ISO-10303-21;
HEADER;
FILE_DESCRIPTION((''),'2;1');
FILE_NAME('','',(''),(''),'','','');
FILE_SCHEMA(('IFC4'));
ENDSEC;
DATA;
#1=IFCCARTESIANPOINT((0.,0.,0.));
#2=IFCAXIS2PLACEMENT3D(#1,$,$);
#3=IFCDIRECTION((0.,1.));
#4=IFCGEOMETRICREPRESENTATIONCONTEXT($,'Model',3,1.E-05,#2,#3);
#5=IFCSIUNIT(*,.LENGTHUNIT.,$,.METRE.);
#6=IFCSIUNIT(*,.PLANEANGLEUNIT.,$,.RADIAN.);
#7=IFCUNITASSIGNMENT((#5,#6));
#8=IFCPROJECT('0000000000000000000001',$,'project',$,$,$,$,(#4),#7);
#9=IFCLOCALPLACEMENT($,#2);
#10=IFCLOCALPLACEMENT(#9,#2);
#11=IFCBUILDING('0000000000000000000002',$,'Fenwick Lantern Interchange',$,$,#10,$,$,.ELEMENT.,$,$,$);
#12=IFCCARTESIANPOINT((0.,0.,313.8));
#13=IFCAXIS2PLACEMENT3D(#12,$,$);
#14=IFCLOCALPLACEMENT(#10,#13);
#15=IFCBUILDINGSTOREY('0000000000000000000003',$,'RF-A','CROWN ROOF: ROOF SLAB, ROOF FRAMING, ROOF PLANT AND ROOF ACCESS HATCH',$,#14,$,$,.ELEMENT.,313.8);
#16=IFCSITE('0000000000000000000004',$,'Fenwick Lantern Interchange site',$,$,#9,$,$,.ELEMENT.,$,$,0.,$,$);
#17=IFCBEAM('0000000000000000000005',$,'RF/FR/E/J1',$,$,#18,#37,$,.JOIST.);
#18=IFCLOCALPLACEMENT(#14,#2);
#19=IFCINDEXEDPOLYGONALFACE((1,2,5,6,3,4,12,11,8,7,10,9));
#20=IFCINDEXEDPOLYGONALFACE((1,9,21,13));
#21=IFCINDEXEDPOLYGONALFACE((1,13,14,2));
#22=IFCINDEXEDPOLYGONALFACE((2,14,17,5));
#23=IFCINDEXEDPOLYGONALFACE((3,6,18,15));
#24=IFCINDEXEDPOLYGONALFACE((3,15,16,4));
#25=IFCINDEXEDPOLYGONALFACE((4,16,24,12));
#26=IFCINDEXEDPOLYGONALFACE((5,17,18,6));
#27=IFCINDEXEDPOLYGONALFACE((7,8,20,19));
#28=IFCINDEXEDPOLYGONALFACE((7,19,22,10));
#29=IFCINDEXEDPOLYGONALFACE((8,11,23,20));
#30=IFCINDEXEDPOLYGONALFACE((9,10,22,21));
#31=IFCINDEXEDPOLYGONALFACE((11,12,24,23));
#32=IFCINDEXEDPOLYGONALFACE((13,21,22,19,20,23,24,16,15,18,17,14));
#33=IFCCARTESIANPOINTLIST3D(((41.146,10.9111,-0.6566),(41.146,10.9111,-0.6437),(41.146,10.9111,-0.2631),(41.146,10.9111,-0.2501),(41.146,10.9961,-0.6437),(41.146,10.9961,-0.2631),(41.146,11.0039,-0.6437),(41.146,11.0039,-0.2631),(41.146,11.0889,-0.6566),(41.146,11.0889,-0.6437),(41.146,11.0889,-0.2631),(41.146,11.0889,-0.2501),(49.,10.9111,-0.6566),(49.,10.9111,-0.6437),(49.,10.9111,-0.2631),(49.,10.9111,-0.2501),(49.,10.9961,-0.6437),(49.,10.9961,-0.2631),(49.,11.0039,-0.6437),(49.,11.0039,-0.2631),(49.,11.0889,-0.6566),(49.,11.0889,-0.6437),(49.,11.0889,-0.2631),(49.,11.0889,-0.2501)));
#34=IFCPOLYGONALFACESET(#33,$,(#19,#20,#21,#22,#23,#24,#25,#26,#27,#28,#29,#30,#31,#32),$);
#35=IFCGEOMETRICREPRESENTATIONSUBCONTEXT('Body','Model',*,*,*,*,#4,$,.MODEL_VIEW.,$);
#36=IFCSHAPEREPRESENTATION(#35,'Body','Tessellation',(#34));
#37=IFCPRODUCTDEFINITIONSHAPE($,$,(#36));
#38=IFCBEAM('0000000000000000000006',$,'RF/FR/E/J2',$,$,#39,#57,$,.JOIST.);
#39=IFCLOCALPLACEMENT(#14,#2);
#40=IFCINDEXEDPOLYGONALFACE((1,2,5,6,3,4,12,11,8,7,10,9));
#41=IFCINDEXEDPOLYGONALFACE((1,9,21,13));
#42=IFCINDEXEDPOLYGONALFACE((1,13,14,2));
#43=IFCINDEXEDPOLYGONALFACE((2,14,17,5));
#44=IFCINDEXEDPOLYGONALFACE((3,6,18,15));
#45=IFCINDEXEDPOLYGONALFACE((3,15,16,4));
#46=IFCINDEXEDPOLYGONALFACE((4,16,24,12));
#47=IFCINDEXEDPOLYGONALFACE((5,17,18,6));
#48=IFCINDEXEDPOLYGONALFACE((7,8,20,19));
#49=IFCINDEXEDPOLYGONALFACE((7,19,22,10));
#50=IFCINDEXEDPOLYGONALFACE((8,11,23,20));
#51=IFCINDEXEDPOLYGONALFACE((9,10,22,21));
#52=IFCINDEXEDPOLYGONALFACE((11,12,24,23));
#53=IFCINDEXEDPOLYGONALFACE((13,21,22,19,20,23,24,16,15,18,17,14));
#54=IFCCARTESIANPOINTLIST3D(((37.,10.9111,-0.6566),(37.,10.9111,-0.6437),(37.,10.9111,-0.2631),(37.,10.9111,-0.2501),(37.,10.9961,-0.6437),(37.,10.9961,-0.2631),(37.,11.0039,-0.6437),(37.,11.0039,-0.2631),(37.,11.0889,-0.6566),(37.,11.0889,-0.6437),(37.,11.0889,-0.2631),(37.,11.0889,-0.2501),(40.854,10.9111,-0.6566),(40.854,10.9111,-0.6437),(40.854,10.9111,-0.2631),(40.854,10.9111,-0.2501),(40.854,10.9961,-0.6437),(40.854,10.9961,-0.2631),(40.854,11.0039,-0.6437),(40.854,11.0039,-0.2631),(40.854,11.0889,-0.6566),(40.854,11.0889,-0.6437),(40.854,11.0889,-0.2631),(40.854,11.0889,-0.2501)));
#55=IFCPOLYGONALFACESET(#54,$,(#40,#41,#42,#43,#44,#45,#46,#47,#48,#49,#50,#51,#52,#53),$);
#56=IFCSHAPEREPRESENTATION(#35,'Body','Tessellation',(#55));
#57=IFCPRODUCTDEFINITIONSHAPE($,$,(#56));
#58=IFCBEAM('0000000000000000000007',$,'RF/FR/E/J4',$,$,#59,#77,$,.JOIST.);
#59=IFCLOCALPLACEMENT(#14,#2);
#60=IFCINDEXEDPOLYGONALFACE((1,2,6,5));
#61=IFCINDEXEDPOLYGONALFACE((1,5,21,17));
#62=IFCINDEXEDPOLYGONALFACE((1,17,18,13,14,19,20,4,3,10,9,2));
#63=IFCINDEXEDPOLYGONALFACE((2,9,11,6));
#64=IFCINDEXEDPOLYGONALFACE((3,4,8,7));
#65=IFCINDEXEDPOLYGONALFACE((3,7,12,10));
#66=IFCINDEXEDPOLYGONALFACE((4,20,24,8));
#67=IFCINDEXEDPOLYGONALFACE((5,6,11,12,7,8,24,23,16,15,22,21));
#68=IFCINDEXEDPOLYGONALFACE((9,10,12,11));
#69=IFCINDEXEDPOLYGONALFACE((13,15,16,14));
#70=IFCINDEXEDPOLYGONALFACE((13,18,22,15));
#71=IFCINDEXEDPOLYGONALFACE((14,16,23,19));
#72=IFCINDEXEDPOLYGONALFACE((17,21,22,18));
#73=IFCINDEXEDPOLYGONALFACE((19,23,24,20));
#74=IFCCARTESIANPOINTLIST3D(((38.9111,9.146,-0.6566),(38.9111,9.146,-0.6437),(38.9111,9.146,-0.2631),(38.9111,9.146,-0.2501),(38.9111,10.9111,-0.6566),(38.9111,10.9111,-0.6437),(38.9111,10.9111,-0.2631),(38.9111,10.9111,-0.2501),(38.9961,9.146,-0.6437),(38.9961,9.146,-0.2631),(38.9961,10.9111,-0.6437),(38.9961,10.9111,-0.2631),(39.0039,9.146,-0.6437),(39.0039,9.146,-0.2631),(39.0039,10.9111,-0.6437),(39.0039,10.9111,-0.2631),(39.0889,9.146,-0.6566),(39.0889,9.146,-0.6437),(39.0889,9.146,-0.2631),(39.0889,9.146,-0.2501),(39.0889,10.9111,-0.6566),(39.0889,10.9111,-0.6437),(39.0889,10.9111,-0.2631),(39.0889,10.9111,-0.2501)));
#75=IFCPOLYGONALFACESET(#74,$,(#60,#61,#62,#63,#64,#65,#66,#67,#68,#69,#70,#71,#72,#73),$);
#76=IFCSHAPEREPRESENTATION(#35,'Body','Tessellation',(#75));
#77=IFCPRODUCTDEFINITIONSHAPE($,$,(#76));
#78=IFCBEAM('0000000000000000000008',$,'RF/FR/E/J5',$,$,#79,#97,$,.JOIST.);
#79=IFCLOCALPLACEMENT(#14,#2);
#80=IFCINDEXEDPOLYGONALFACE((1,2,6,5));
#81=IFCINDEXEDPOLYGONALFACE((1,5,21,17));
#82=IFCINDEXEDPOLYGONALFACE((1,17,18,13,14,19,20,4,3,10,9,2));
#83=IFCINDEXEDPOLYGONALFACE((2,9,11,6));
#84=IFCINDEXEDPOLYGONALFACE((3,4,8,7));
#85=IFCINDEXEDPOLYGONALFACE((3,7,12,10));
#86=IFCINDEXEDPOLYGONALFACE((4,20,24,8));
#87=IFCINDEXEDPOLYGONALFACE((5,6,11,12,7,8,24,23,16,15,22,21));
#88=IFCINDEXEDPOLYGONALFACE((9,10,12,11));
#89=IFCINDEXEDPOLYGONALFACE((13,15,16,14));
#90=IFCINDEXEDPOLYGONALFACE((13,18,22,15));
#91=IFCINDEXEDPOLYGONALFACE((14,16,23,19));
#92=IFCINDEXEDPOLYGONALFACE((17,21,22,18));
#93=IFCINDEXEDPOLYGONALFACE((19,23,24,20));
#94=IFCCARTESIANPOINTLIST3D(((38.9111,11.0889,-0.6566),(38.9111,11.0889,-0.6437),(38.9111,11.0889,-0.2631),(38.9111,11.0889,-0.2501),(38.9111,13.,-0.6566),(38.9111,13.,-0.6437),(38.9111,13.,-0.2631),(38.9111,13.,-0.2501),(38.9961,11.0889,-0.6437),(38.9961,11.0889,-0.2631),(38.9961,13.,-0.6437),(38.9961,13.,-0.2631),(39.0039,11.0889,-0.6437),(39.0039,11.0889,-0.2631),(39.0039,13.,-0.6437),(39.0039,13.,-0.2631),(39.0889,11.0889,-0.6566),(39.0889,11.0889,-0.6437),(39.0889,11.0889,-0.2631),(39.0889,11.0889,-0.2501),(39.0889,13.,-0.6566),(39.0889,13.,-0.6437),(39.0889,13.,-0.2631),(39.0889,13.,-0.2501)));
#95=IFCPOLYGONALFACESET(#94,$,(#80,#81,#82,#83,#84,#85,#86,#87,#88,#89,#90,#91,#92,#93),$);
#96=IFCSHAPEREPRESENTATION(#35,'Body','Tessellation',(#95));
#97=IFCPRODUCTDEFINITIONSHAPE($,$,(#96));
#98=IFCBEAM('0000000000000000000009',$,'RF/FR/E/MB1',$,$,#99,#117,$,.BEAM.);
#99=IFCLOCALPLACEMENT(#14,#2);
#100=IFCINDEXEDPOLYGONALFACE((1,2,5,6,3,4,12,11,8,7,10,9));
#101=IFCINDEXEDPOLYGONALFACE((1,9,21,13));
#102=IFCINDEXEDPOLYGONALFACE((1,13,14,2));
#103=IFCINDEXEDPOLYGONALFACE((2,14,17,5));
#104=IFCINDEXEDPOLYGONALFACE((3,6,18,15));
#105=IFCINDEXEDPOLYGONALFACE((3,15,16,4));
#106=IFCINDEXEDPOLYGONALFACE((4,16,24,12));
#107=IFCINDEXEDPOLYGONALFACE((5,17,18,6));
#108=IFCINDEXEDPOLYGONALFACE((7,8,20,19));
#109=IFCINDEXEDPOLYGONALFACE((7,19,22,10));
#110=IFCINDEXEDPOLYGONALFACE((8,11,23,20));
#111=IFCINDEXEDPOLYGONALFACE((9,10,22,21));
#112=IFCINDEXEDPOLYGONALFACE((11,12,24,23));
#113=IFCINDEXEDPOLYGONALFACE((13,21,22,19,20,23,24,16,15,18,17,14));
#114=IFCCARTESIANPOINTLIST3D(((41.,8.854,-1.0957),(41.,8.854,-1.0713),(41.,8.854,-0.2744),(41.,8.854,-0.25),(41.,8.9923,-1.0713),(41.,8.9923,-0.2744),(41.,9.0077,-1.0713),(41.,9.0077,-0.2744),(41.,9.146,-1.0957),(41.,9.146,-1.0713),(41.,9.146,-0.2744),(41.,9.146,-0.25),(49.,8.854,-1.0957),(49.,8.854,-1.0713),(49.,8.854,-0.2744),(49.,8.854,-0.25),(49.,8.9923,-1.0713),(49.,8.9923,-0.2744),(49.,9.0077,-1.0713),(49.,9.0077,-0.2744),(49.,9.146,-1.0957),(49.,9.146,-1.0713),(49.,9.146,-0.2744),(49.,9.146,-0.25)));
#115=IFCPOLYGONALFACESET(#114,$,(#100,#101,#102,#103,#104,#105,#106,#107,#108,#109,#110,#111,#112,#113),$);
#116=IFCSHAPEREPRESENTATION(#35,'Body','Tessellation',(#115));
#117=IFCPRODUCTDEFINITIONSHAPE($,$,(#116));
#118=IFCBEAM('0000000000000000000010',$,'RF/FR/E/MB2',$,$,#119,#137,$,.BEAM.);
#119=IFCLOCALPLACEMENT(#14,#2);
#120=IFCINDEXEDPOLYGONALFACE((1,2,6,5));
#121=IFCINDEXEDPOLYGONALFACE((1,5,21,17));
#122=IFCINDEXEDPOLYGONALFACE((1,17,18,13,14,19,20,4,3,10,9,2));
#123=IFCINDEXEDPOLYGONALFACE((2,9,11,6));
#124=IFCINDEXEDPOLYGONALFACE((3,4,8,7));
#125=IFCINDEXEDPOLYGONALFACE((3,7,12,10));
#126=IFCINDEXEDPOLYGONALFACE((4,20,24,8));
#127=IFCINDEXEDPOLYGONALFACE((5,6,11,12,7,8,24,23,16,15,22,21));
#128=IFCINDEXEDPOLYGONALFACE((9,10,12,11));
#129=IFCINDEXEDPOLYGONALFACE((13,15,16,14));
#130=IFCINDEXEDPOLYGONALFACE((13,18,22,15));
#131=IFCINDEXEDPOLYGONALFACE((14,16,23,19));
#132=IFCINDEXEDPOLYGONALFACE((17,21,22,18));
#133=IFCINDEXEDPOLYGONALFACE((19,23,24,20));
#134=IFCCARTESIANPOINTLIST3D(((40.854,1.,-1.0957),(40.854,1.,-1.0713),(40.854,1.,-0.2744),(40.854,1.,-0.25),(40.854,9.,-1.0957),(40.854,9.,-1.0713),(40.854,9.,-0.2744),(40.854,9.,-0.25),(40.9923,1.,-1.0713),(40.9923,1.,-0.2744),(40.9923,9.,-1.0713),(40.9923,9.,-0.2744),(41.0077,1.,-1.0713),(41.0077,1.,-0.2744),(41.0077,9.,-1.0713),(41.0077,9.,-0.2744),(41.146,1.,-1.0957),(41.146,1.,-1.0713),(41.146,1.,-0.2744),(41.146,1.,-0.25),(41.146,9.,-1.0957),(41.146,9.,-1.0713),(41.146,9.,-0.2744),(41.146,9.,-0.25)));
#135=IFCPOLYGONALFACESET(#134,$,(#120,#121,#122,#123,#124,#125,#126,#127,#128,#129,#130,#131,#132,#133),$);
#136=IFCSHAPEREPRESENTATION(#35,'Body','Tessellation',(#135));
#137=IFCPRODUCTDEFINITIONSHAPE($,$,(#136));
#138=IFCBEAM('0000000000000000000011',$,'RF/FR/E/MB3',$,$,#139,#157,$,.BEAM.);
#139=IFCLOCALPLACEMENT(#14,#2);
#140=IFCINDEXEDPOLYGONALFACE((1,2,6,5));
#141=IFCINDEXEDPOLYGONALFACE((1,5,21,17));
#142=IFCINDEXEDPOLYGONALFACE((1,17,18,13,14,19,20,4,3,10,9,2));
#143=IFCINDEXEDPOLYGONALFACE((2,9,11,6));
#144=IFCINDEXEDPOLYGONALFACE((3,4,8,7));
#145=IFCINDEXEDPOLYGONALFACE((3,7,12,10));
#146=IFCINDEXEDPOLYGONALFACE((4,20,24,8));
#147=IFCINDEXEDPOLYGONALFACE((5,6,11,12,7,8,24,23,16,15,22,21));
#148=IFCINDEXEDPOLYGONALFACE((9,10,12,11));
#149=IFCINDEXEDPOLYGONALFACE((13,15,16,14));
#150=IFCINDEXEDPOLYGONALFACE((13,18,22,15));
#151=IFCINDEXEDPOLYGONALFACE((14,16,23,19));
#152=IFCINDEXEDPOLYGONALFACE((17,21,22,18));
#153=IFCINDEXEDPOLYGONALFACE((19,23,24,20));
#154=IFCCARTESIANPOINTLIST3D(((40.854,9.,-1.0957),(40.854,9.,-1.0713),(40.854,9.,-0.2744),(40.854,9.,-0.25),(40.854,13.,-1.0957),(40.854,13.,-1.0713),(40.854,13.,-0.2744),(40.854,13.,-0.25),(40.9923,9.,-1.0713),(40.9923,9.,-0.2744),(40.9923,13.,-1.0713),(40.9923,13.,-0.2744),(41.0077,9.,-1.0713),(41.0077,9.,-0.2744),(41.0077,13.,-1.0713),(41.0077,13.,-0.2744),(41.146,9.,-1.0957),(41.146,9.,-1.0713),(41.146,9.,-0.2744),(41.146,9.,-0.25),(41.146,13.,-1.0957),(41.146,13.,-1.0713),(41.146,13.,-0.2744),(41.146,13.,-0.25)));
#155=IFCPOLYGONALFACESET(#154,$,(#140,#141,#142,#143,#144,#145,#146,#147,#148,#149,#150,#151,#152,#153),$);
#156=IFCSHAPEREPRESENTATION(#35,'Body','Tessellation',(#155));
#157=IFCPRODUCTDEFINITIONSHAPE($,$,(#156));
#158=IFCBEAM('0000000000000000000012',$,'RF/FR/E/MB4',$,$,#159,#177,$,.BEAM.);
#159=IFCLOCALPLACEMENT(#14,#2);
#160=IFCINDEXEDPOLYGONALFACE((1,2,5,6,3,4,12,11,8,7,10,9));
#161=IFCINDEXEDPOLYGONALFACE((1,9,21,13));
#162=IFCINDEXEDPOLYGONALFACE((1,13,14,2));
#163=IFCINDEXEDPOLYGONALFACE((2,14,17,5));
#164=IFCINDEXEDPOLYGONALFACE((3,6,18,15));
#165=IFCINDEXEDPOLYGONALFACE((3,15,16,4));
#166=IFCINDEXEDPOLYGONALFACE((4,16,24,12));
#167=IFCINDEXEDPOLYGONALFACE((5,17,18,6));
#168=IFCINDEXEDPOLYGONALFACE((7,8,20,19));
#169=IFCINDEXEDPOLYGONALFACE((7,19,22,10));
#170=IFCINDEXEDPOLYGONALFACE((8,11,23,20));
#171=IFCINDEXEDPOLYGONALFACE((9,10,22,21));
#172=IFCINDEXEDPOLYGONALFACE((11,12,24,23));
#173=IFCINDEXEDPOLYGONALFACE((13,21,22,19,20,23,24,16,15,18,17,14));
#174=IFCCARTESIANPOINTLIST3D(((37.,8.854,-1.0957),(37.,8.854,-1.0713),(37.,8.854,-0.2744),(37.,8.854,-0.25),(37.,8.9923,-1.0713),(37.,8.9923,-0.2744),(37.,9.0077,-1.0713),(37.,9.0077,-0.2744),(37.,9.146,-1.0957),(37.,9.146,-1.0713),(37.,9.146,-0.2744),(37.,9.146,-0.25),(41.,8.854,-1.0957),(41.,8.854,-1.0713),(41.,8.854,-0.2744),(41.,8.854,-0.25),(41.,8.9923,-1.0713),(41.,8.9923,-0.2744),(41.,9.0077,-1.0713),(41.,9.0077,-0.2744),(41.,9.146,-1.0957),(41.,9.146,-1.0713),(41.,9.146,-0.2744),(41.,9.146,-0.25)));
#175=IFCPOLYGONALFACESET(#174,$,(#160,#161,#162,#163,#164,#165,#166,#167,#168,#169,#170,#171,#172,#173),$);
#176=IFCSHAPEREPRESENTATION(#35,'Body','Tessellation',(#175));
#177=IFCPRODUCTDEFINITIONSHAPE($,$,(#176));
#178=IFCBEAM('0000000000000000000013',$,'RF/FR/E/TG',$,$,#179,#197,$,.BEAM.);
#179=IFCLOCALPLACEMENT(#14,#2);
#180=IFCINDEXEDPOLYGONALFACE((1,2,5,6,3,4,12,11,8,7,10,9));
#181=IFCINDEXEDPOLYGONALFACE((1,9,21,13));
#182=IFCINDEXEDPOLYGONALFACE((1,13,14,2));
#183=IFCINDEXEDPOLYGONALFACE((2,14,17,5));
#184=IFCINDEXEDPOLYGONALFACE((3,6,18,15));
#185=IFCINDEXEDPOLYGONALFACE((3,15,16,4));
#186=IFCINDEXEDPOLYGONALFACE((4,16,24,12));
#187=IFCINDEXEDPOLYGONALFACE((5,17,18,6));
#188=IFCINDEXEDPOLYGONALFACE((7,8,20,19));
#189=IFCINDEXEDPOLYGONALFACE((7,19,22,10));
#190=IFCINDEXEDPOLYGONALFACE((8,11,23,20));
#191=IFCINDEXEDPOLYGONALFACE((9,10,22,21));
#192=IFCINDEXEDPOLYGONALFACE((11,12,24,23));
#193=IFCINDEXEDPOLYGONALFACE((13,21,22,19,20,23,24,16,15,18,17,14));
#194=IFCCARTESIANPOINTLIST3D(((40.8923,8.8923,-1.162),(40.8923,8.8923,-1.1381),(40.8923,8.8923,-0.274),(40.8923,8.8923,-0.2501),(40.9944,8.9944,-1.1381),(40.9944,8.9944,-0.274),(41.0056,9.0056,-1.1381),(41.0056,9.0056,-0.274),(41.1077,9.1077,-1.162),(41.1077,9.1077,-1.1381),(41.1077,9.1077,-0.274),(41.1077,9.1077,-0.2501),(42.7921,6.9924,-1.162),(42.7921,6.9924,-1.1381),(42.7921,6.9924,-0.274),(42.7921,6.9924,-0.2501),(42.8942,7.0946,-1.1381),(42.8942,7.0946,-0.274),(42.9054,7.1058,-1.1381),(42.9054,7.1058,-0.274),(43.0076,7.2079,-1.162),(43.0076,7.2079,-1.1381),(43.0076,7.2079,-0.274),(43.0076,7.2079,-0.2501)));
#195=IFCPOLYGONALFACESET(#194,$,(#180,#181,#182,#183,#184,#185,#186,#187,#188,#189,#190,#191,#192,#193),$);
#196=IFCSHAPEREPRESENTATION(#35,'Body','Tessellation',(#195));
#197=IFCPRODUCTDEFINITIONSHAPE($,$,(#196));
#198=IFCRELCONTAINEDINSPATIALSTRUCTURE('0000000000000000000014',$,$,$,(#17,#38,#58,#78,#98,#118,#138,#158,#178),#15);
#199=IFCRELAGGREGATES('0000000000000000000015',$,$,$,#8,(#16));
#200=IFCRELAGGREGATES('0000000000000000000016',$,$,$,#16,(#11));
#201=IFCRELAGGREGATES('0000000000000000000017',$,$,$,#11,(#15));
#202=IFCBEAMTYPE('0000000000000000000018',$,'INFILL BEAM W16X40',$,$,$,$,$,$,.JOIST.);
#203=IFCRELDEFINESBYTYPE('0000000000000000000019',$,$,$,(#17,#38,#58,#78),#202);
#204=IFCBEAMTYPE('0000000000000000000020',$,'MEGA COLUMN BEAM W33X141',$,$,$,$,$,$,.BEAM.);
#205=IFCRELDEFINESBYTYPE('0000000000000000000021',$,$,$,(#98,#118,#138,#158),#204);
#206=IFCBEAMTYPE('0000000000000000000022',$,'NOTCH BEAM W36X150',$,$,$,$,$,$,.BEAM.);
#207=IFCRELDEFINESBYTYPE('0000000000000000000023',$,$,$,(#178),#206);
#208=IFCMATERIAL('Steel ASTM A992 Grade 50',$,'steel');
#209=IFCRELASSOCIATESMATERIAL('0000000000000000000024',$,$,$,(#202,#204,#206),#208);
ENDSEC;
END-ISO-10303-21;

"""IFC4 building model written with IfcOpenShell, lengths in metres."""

from ifc_helpers import new_model, si_unit, direction, frame, origin, origin_2d, place, context, subcontext, project, spatial, i_section, extrude, material, material_profile, profile_set, type_object, element, save


model = new_model("IFC4")

# Units and contexts
model_context = context("Model", 3, precision=1e-05, world=origin(), true_north=direction((0.0, 1.0)))
body_context = subcontext(model_context, "Body", "Model", "MODEL_VIEW")
ifc_project = project(units=[si_unit("LENGTHUNIT", "METRE"), si_unit("PLANEANGLEUNIT", "RADIAN")], contexts=[model_context])

# Site, building, storey
site_placement = place(None, origin())
site = spatial("IfcSite", under=ifc_project, at=site_placement, Name="Fenwick Lantern Interchange site", CompositionType="ELEMENT", RefElevation=0.0)
building_placement = place(site_placement, origin())
building = spatial("IfcBuilding", under=site, at=building_placement, Name="Fenwick Lantern Interchange", CompositionType="ELEMENT")
storey_placement = place(building_placement, frame((0.0, 0.0, 313.8)))
storey = spatial("IfcBuildingStorey", under=building, at=storey_placement, Name="RF-A", Description="CROWN ROOF: ROOF SLAB, ROOF FRAMING, ROOF PLANT AND ROOF ACCESS HATCH", CompositionType="ELEMENT", Elevation=313.8)

# Shared definitions
ifc_material_1 = material(Name="Steel ASTM A992 Grade 50", Category="steel")

# Beams
ifc_material_profile_1 = material_profile(ifc_material_1, i_section(OverallWidth=0.1777, OverallDepth=0.4065, WebThickness=0.0078, FlangeThickness=0.0129, at=origin_2d()), Name="W16X40")
ifc_profile_set_1 = profile_set([ifc_material_profile_1], Name="Steel ASTM A992 Grade 50")
beam_type_1 = type_object("IfcBeamType", Name="INFILL BEAM W16X40", PredefinedType="JOIST", material=ifc_profile_set_1)
beam_1_placement = place(storey_placement, frame((49.0, 11.0, -0.4534), z_axis=(-1.0, 0.0, 0.0), x_axis=(0.0, -1.0, 0.0)))
element("IfcBeam", 1, at=beam_1_placement, inside=storey, type_object=beam_type_1, Name="RF/FR/E/J1", PredefinedType="JOIST", context=body_context, shape_type="SweptSolid", body=[
    extrude(i_section(OverallWidth=0.1777, OverallDepth=0.4065, WebThickness=0.0078, FlangeThickness=0.0129, at=origin_2d()), origin(), (0.0, 0.0, 1.0), 7.854),
])
beam_2_placement = place(storey_placement, frame((40.854, 11.0, -0.4534), z_axis=(-1.0, 0.0, 0.0), x_axis=(0.0, -1.0, 0.0)))
element("IfcBeam", 2, at=beam_2_placement, inside=storey, type_object=beam_type_1, Name="RF/FR/E/J2", PredefinedType="JOIST", context=body_context, shape_type="SweptSolid", body=[
    extrude(i_section(OverallWidth=0.1777, OverallDepth=0.4065, WebThickness=0.0078, FlangeThickness=0.0129, at=origin_2d()), origin(), (0.0, 0.0, 1.0), 3.854),
])
beam_3_placement = place(storey_placement, frame((39.0, 9.146, -0.4534), z_axis=(0.0, 1.0, 0.0), x_axis=(-1.0, 0.0, 0.0)))
element("IfcBeam", 3, at=beam_3_placement, inside=storey, type_object=beam_type_1, Name="RF/FR/E/J4", PredefinedType="JOIST", context=body_context, shape_type="SweptSolid", body=[
    extrude(i_section(OverallWidth=0.1777, OverallDepth=0.4065, WebThickness=0.0078, FlangeThickness=0.0129, at=origin_2d()), origin(), (0.0, 0.0, 1.0), 1.7651),
])
beam_4_placement = place(storey_placement, frame((39.0, 11.0889, -0.4534), z_axis=(0.0, 1.0, 0.0), x_axis=(-1.0, 0.0, 0.0)))
element("IfcBeam", 4, at=beam_4_placement, inside=storey, type_object=beam_type_1, Name="RF/FR/E/J5", PredefinedType="JOIST", context=body_context, shape_type="SweptSolid", body=[
    extrude(i_section(OverallWidth=0.1777, OverallDepth=0.4065, WebThickness=0.0078, FlangeThickness=0.0129, at=origin_2d()), origin(), (0.0, 0.0, 1.0), 1.9111),
])
ifc_material_profile_2 = material_profile(ifc_material_1, i_section(OverallWidth=0.292, OverallDepth=0.8457, WebThickness=0.0154, FlangeThickness=0.0244, at=origin_2d()), Name="W33X141")
ifc_profile_set_2 = profile_set([ifc_material_profile_2], Name="Steel ASTM A992 Grade 50")
beam_type_2 = type_object("IfcBeamType", Name="MEGA COLUMN BEAM W33X141", PredefinedType="BEAM", material=ifc_profile_set_2)
for number, where, z_axis, x_axis, name in (
    (5, (41.0, 9.0, -0.6729), (1.0, 0.0, 0.0), (0.0, 1.0, 0.0), "RF/FR/E/MB1"),
    (6, (41.0, 9.0, -0.6729), (0.0, -1.0, 0.0), (1.0, 0.0, 0.0), "RF/FR/E/MB2"),
):
    element("IfcBeam", number, at=place(storey_placement, frame(where, z_axis=z_axis, x_axis=x_axis)), inside=storey, type_object=beam_type_2, Name=name, PredefinedType="BEAM", context=body_context, shape_type="SweptSolid", body=[
        extrude(i_section(OverallWidth=0.292, OverallDepth=0.8457, WebThickness=0.0154, FlangeThickness=0.0244, at=origin_2d()), origin(), (0.0, 0.0, 1.0), 8.0),
    ])
for number, where, z_axis, x_axis, name in (
    (7, (41.0, 9.0, -0.6729), (0.0, 1.0, 0.0), (-1.0, 0.0, 0.0), "RF/FR/E/MB3"),
    (8, (41.0, 9.0, -0.6729), (-1.0, 0.0, 0.0), (0.0, -1.0, 0.0), "RF/FR/E/MB4"),
):
    element("IfcBeam", number, at=place(storey_placement, frame(where, z_axis=z_axis, x_axis=x_axis)), inside=storey, type_object=beam_type_2, Name=name, PredefinedType="BEAM", context=body_context, shape_type="SweptSolid", body=[
        extrude(i_section(OverallWidth=0.292, OverallDepth=0.8457, WebThickness=0.0154, FlangeThickness=0.0244, at=origin_2d()), origin(), (0.0, 0.0, 1.0), 4.0),
    ])
ifc_material_profile_3 = material_profile(ifc_material_1, i_section(OverallWidth=0.3047, OverallDepth=0.9119, WebThickness=0.0159, FlangeThickness=0.0239, at=origin_2d()), Name="W36X150")
ifc_profile_set_3 = profile_set([ifc_material_profile_3], Name="Steel ASTM A992 Grade 50")
beam_type_3 = type_object("IfcBeamType", Name="NOTCH BEAM W36X150", PredefinedType="BEAM", material=ifc_profile_set_3)
beam_5_placement = place(storey_placement, frame((41.0, 9.0, -0.7061), z_axis=(0.707107, -0.707107, 0.0), x_axis=(0.707107, 0.707107, 0.0)))
element("IfcBeam", 9, at=beam_5_placement, inside=storey, type_object=beam_type_3, Name="RF/FR/E/TG", PredefinedType="BEAM", context=body_context, shape_type="SweptSolid", body=[
    extrude(i_section(OverallWidth=0.3047, OverallDepth=0.9119, WebThickness=0.0159, FlangeThickness=0.0239, at=origin_2d()), origin(), (0.0, 0.0, 1.0), 2.6868),
])

save(model, "model.ifc")
